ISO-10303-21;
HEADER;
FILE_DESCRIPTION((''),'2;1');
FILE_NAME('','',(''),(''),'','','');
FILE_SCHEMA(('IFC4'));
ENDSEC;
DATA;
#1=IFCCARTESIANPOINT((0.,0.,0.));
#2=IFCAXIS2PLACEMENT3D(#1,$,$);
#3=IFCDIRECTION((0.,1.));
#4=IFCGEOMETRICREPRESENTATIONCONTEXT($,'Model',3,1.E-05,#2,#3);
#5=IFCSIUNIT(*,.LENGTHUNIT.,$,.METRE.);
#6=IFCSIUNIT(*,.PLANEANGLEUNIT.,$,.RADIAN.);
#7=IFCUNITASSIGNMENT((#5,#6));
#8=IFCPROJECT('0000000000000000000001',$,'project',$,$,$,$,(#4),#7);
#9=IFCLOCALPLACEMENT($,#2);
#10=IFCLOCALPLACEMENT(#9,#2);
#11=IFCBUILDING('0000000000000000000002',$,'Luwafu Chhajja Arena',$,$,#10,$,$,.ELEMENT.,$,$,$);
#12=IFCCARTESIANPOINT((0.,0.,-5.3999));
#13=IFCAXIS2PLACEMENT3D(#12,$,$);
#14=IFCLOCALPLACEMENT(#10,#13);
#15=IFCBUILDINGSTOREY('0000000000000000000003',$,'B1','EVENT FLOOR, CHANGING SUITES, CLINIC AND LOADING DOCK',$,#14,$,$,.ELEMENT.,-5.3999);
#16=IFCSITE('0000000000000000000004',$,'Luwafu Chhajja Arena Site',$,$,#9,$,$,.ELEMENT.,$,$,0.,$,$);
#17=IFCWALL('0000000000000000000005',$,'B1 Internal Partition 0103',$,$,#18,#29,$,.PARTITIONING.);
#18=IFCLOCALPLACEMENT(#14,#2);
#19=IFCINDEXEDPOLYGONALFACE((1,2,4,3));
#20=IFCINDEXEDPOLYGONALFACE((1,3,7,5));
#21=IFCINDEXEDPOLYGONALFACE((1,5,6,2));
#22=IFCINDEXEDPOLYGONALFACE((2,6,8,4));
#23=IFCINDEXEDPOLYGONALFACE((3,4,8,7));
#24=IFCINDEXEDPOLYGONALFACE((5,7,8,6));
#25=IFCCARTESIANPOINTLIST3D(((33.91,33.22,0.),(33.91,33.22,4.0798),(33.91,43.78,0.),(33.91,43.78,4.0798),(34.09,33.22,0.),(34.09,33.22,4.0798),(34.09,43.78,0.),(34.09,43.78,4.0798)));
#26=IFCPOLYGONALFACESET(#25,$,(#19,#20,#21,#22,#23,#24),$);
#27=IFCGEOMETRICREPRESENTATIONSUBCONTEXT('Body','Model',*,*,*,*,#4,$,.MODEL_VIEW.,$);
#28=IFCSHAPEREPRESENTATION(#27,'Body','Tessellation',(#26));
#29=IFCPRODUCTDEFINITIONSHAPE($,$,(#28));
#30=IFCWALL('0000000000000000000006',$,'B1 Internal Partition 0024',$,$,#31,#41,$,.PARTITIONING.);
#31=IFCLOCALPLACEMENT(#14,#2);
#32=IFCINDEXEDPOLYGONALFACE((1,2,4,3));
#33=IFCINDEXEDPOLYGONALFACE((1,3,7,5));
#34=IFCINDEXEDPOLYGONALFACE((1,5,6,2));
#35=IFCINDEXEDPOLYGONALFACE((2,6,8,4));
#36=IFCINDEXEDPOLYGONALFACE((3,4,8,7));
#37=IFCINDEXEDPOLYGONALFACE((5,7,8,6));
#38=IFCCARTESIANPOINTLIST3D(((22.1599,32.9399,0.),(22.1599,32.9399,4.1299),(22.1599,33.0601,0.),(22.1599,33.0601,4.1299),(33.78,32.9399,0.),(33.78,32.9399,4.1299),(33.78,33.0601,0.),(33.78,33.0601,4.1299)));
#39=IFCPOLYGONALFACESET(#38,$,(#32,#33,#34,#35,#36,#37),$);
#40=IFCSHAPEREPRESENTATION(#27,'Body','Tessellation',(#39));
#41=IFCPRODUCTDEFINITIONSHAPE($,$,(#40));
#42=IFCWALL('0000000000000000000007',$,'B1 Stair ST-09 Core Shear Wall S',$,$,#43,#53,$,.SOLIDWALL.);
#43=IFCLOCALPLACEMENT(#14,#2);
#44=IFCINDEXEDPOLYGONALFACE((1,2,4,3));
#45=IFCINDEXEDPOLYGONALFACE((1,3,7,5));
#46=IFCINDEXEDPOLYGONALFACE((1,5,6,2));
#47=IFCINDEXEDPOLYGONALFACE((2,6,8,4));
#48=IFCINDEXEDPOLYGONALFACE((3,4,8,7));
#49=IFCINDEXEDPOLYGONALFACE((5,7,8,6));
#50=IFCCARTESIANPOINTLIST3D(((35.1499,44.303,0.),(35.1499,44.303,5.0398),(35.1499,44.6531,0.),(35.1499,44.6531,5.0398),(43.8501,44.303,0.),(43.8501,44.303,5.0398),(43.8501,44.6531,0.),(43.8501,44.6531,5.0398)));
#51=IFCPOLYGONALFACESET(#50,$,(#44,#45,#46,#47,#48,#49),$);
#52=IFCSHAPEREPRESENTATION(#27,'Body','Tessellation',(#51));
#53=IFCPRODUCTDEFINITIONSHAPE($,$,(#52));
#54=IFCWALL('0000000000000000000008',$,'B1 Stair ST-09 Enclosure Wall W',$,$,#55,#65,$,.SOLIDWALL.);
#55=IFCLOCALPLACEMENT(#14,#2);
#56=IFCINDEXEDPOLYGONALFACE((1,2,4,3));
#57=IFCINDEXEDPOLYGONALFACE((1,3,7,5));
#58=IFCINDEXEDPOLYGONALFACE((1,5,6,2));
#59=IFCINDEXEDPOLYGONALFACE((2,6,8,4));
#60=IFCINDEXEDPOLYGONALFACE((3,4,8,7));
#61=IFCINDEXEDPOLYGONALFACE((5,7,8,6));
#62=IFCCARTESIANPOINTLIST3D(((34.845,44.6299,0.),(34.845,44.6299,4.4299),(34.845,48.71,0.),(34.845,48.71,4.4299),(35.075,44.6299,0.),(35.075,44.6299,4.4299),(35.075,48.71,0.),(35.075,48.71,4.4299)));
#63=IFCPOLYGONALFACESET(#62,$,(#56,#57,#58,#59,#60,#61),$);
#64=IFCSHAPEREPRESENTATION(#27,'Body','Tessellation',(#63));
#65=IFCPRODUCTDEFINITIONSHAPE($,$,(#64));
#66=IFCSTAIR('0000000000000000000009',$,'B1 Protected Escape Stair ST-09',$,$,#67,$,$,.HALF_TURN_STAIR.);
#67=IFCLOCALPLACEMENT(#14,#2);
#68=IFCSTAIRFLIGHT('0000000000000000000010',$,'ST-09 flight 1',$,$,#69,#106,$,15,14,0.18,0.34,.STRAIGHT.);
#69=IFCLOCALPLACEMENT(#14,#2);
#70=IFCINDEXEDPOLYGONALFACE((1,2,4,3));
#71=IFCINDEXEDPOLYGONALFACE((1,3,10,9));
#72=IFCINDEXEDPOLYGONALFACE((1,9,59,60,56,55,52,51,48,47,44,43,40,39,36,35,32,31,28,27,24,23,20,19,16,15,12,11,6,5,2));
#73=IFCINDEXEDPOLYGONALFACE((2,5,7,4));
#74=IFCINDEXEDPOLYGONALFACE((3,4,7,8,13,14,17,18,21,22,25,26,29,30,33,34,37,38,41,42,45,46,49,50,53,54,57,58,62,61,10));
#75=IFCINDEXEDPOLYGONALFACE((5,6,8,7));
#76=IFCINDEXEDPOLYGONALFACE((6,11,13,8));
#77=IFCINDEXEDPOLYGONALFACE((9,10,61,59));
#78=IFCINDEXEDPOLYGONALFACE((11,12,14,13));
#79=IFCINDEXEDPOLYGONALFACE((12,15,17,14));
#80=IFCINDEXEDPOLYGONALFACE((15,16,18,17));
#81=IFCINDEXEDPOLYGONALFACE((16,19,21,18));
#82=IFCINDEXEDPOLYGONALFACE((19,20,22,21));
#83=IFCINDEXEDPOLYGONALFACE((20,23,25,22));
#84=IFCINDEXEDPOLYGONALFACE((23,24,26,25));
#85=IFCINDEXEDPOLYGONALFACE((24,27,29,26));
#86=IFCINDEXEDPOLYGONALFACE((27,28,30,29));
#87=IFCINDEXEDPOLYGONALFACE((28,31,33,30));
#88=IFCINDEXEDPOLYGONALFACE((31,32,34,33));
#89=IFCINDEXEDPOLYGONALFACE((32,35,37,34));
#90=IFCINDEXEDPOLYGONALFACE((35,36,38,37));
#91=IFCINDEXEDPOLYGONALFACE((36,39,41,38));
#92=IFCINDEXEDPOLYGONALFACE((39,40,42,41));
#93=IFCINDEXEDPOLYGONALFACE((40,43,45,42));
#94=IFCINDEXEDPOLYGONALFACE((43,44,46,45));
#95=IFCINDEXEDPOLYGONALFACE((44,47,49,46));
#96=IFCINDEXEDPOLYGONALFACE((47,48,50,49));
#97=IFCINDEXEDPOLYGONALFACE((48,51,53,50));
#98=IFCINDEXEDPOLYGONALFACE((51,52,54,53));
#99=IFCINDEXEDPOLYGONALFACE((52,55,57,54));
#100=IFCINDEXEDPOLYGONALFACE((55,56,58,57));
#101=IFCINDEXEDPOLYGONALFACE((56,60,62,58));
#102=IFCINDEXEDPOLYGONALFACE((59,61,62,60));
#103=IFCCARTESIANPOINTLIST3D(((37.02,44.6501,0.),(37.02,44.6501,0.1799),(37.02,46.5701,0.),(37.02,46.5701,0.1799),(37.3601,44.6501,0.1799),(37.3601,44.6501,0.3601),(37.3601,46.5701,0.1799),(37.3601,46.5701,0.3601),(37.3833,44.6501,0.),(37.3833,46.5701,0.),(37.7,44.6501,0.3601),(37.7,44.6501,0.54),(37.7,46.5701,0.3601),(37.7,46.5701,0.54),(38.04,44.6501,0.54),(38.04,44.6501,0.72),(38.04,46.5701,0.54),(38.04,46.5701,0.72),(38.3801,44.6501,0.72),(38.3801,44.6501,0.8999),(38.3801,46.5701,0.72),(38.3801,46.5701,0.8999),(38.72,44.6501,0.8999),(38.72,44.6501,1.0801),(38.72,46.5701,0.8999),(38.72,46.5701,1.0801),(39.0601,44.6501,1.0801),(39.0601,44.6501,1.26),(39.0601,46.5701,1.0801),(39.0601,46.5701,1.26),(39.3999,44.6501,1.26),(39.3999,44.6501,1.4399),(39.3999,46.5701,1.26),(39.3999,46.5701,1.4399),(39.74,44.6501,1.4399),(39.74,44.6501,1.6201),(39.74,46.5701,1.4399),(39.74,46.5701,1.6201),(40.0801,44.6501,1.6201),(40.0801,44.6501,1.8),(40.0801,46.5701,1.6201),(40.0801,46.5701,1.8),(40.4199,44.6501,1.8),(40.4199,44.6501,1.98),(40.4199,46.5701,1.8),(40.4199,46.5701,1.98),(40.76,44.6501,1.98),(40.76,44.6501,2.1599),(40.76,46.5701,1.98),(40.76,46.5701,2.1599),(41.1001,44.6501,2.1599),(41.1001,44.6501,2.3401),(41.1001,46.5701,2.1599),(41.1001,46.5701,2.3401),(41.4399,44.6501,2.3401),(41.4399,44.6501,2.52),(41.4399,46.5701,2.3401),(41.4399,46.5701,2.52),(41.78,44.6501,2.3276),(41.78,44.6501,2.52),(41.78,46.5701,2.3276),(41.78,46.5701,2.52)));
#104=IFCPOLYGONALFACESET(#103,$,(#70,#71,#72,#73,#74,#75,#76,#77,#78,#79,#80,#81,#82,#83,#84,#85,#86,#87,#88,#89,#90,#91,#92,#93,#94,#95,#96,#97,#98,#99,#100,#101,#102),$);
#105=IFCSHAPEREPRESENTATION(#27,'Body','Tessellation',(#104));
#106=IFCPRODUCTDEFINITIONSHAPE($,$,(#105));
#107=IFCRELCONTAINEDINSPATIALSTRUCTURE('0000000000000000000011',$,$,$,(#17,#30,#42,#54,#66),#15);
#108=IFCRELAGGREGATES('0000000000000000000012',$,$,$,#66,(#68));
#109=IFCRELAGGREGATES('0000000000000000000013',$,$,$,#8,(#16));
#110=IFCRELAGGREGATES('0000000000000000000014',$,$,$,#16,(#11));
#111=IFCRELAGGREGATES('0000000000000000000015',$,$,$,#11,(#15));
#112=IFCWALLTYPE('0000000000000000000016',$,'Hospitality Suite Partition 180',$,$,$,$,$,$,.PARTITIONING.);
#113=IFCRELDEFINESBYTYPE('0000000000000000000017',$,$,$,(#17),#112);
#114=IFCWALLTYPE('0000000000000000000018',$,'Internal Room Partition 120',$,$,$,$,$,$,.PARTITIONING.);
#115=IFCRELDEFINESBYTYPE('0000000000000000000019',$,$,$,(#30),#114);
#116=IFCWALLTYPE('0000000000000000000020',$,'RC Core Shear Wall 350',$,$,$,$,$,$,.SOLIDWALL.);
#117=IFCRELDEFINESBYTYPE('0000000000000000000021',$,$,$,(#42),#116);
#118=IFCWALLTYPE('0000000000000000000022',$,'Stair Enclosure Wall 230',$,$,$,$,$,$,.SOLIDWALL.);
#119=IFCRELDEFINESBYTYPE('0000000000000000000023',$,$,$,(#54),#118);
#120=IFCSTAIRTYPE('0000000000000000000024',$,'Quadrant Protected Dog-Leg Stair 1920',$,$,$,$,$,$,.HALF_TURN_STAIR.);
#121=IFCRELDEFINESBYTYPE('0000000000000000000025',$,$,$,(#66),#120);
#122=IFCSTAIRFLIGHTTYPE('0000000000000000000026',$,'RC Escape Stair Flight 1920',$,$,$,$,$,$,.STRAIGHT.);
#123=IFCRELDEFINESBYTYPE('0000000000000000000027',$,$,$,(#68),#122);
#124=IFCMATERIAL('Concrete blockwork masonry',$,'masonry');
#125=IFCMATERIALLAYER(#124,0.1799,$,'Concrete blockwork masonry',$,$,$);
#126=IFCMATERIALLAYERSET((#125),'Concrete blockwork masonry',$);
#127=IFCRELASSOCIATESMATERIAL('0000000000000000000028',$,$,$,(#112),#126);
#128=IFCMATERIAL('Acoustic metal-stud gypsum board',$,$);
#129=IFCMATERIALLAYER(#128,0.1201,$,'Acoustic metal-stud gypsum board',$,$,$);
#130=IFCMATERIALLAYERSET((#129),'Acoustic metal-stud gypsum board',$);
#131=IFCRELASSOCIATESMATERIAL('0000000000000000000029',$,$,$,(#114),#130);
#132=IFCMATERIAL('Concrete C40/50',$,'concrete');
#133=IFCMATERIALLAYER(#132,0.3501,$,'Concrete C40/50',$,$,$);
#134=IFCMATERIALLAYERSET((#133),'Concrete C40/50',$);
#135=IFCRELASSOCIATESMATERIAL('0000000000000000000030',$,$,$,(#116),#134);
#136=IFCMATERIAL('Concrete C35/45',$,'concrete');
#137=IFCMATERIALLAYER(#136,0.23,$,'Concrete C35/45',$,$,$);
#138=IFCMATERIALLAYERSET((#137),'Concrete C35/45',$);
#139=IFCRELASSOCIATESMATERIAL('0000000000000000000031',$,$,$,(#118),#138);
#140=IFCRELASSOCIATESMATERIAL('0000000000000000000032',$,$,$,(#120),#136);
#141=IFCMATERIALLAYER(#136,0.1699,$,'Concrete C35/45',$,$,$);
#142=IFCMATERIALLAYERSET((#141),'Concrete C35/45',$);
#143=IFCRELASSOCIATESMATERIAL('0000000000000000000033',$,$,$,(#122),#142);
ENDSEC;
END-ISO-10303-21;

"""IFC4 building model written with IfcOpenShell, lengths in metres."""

from ifc_helpers import new_model, si_unit, direction, frame, frame_2d, origin, place, context, subcontext, project, spatial, polyline, rectangle, outline, extrude, material, layer, layer_set, type_object, element, aggregate, save


model = new_model("IFC4")

# Units and contexts
model_context = context("Model", 3, precision=1e-05, world=origin(), true_north=direction((0.0, 1.0)))
body_context = subcontext(model_context, "Body", "Model", "MODEL_VIEW")
ifc_project = project(units=[si_unit("LENGTHUNIT", "METRE"), si_unit("PLANEANGLEUNIT", "RADIAN")], contexts=[model_context])

# Site, building, storey
site_placement = place(None, origin())
site = spatial("IfcSite", under=ifc_project, at=site_placement, Name="Luwafu Chhajja Arena Site", CompositionType="ELEMENT", RefElevation=0.0)
building_placement = place(site_placement, origin())
building = spatial("IfcBuilding", under=site, at=building_placement, Name="Luwafu Chhajja Arena", CompositionType="ELEMENT")
storey_placement = place(building_placement, frame((0.0, 0.0, -5.3999)))
storey = spatial("IfcBuildingStorey", under=building, at=storey_placement, Name="B1", Description="EVENT FLOOR, CHANGING SUITES, CLINIC AND LOADING DOCK", CompositionType="ELEMENT", Elevation=-5.3999)

# Shared definitions
ifc_material_1 = material(Name="Concrete C35/45", Category="concrete")

# Shared definitions
ifc_material_2 = material(Name="Concrete C40/50", Category="concrete")

# Walls
ifc_material_3 = material(Name="Concrete blockwork masonry", Category="masonry")
ifc_layer_1 = layer(ifc_material_3, 0.1799, Name="Concrete blockwork masonry")
ifc_layer_set_1 = layer_set([ifc_layer_1], Name="Concrete blockwork masonry")
wall_type_1 = type_object("IfcWallType", Name="Hospitality Suite Partition 180", PredefinedType="PARTITIONING", material=ifc_layer_set_1)
wall_1_placement = place(storey_placement, frame((34.0, 33.22, 0.0), z_axis=(0.0, 0.0, 1.0), x_axis=(0.0, 1.0, 0.0)))
element("IfcWall", 1, at=wall_1_placement, inside=storey, type_object=wall_type_1, Name="B1 Internal Partition 0103", PredefinedType="PARTITIONING", context=body_context, shape_type="SweptSolid", body=[
    extrude(rectangle(XDim=10.5601, YDim=0.1799, at=frame_2d((5.28, 0.0))), origin(), (0.0, 0.0, 1.0), 4.0798),
])
ifc_material_4 = material(Name="Acoustic metal-stud gypsum board")
ifc_layer_2 = layer(ifc_material_4, 0.1201, Name="Acoustic metal-stud gypsum board")
ifc_layer_set_2 = layer_set([ifc_layer_2], Name="Acoustic metal-stud gypsum board")
wall_type_2 = type_object("IfcWallType", Name="Internal Room Partition 120", PredefinedType="PARTITIONING", material=ifc_layer_set_2)
wall_2_placement = place(storey_placement, frame((22.1599, 33.0, 0.0), z_axis=(0.0, 0.0, 1.0), x_axis=(1.0, 0.0, 0.0)))
element("IfcWall", 2, at=wall_2_placement, inside=storey, type_object=wall_type_2, Name="B1 Internal Partition 0024", PredefinedType="PARTITIONING", context=body_context, shape_type="SweptSolid", body=[
    extrude(rectangle(XDim=11.6201, YDim=0.1201, at=frame_2d((5.8101, 0.0))), origin(), (0.0, 0.0, 1.0), 4.1299),
])
ifc_layer_3 = layer(ifc_material_2, 0.3501, Name="Concrete C40/50")
ifc_layer_set_3 = layer_set([ifc_layer_3], Name="Concrete C40/50")
wall_type_3 = type_object("IfcWallType", Name="RC Core Shear Wall 350", PredefinedType="SOLIDWALL", material=ifc_layer_set_3)
wall_3_placement = place(storey_placement, frame((35.1499, 44.478, 0.0), z_axis=(0.0, 0.0, 1.0), x_axis=(1.0, 0.0, 0.0)))
element("IfcWall", 3, at=wall_3_placement, inside=storey, type_object=wall_type_3, Name="B1 Stair ST-09 Core Shear Wall S", PredefinedType="SOLIDWALL", context=body_context, shape_type="SweptSolid", body=[
    extrude(rectangle(XDim=8.7002, YDim=0.3501, at=frame_2d((4.3501, 0.0))), origin(), (0.0, 0.0, 1.0), 5.0398),
])
ifc_layer_4 = layer(ifc_material_1, 0.23, Name="Concrete C35/45")
ifc_layer_set_4 = layer_set([ifc_layer_4], Name="Concrete C35/45")
wall_type_4 = type_object("IfcWallType", Name="Stair Enclosure Wall 230", PredefinedType="SOLIDWALL", material=ifc_layer_set_4)
wall_4_placement = place(storey_placement, frame((34.96, 44.6299, 0.0), z_axis=(0.0, 0.0, 1.0), x_axis=(0.0, 1.0, 0.0)))
element("IfcWall", 4, at=wall_4_placement, inside=storey, type_object=wall_type_4, Name="B1 Stair ST-09 Enclosure Wall W", PredefinedType="SOLIDWALL", context=body_context, shape_type="SweptSolid", body=[
    extrude(rectangle(XDim=4.0801, YDim=0.23, at=frame_2d((2.04, 0.0))), origin(), (0.0, 0.0, 1.0), 4.4299),
])

# Stair, stair flight
stair_type = type_object("IfcStairType", Name="Quadrant Protected Dog-Leg Stair 1920", PredefinedType="HALF_TURN_STAIR", material=ifc_material_1)
stair_placement = place(storey_placement, origin())
stair = element("IfcStair", 5, at=stair_placement, inside=storey, type_object=stair_type, Name="B1 Protected Escape Stair ST-09", PredefinedType="HALF_TURN_STAIR")
ifc_layer_5 = layer(ifc_material_1, 0.1699, Name="Concrete C35/45")
ifc_layer_set_5 = layer_set([ifc_layer_5], Name="Concrete C35/45")
stair_flight_type = type_object("IfcStairFlightType", Name="RC Escape Stair Flight 1920", PredefinedType="STRAIGHT", material=ifc_layer_set_5)
stair_flight_placement = place(storey_placement, frame((37.02, 45.6101, 0.0), z_axis=(0.0, 0.0, 1.0), x_axis=(1.0, 0.0, 0.0)))
stair_flight = element("IfcStairFlight", 6, at=stair_flight_placement, type_object=stair_flight_type, Name="ST-09 flight 1", NumberOfRisers=15, NumberOfTreads=14, PredefinedType="STRAIGHT", RiserHeight=0.18, TreadLength=0.34, context=body_context, shape_type="SweptSolid", body=[
    extrude(outline(polyline([(0.0, 0.0), (0.0, 0.1799), (0.3401, 0.1799), (0.3401, 0.3601), (0.6799, 0.3601), (0.6799, 0.54), (1.02, 0.54), (1.02, 0.72), (1.3601, 0.72), (1.3601, 0.8999), (1.7, 0.8999), (1.7, 1.0801), (2.04, 1.0801), (2.04, 1.26), (2.3799, 1.26), (2.3799, 1.4399), (2.72, 1.4399), (2.72, 1.6201), (3.0601, 1.6201), (3.0601, 1.8), (3.3999, 1.8), (3.3999, 1.98), (3.74, 1.98), (3.74, 2.1599), (4.0801, 2.1599), (4.0801, 2.3401), (4.4199, 2.3401), (4.4199, 2.52), (4.76, 2.52), (4.76, 2.7), (4.76, 2.3276), (0.3633, 0.0), (0.0, 0.0)])), frame((0.0, 0.96, 0.0), z_axis=(0.0, -1.0, 0.0), x_axis=(1.0, 0.0, 0.0)), (0.0, 0.0, 1.0), 1.9199),
])
aggregate(stair, [stair_flight])

save(model, "model.ifc")
